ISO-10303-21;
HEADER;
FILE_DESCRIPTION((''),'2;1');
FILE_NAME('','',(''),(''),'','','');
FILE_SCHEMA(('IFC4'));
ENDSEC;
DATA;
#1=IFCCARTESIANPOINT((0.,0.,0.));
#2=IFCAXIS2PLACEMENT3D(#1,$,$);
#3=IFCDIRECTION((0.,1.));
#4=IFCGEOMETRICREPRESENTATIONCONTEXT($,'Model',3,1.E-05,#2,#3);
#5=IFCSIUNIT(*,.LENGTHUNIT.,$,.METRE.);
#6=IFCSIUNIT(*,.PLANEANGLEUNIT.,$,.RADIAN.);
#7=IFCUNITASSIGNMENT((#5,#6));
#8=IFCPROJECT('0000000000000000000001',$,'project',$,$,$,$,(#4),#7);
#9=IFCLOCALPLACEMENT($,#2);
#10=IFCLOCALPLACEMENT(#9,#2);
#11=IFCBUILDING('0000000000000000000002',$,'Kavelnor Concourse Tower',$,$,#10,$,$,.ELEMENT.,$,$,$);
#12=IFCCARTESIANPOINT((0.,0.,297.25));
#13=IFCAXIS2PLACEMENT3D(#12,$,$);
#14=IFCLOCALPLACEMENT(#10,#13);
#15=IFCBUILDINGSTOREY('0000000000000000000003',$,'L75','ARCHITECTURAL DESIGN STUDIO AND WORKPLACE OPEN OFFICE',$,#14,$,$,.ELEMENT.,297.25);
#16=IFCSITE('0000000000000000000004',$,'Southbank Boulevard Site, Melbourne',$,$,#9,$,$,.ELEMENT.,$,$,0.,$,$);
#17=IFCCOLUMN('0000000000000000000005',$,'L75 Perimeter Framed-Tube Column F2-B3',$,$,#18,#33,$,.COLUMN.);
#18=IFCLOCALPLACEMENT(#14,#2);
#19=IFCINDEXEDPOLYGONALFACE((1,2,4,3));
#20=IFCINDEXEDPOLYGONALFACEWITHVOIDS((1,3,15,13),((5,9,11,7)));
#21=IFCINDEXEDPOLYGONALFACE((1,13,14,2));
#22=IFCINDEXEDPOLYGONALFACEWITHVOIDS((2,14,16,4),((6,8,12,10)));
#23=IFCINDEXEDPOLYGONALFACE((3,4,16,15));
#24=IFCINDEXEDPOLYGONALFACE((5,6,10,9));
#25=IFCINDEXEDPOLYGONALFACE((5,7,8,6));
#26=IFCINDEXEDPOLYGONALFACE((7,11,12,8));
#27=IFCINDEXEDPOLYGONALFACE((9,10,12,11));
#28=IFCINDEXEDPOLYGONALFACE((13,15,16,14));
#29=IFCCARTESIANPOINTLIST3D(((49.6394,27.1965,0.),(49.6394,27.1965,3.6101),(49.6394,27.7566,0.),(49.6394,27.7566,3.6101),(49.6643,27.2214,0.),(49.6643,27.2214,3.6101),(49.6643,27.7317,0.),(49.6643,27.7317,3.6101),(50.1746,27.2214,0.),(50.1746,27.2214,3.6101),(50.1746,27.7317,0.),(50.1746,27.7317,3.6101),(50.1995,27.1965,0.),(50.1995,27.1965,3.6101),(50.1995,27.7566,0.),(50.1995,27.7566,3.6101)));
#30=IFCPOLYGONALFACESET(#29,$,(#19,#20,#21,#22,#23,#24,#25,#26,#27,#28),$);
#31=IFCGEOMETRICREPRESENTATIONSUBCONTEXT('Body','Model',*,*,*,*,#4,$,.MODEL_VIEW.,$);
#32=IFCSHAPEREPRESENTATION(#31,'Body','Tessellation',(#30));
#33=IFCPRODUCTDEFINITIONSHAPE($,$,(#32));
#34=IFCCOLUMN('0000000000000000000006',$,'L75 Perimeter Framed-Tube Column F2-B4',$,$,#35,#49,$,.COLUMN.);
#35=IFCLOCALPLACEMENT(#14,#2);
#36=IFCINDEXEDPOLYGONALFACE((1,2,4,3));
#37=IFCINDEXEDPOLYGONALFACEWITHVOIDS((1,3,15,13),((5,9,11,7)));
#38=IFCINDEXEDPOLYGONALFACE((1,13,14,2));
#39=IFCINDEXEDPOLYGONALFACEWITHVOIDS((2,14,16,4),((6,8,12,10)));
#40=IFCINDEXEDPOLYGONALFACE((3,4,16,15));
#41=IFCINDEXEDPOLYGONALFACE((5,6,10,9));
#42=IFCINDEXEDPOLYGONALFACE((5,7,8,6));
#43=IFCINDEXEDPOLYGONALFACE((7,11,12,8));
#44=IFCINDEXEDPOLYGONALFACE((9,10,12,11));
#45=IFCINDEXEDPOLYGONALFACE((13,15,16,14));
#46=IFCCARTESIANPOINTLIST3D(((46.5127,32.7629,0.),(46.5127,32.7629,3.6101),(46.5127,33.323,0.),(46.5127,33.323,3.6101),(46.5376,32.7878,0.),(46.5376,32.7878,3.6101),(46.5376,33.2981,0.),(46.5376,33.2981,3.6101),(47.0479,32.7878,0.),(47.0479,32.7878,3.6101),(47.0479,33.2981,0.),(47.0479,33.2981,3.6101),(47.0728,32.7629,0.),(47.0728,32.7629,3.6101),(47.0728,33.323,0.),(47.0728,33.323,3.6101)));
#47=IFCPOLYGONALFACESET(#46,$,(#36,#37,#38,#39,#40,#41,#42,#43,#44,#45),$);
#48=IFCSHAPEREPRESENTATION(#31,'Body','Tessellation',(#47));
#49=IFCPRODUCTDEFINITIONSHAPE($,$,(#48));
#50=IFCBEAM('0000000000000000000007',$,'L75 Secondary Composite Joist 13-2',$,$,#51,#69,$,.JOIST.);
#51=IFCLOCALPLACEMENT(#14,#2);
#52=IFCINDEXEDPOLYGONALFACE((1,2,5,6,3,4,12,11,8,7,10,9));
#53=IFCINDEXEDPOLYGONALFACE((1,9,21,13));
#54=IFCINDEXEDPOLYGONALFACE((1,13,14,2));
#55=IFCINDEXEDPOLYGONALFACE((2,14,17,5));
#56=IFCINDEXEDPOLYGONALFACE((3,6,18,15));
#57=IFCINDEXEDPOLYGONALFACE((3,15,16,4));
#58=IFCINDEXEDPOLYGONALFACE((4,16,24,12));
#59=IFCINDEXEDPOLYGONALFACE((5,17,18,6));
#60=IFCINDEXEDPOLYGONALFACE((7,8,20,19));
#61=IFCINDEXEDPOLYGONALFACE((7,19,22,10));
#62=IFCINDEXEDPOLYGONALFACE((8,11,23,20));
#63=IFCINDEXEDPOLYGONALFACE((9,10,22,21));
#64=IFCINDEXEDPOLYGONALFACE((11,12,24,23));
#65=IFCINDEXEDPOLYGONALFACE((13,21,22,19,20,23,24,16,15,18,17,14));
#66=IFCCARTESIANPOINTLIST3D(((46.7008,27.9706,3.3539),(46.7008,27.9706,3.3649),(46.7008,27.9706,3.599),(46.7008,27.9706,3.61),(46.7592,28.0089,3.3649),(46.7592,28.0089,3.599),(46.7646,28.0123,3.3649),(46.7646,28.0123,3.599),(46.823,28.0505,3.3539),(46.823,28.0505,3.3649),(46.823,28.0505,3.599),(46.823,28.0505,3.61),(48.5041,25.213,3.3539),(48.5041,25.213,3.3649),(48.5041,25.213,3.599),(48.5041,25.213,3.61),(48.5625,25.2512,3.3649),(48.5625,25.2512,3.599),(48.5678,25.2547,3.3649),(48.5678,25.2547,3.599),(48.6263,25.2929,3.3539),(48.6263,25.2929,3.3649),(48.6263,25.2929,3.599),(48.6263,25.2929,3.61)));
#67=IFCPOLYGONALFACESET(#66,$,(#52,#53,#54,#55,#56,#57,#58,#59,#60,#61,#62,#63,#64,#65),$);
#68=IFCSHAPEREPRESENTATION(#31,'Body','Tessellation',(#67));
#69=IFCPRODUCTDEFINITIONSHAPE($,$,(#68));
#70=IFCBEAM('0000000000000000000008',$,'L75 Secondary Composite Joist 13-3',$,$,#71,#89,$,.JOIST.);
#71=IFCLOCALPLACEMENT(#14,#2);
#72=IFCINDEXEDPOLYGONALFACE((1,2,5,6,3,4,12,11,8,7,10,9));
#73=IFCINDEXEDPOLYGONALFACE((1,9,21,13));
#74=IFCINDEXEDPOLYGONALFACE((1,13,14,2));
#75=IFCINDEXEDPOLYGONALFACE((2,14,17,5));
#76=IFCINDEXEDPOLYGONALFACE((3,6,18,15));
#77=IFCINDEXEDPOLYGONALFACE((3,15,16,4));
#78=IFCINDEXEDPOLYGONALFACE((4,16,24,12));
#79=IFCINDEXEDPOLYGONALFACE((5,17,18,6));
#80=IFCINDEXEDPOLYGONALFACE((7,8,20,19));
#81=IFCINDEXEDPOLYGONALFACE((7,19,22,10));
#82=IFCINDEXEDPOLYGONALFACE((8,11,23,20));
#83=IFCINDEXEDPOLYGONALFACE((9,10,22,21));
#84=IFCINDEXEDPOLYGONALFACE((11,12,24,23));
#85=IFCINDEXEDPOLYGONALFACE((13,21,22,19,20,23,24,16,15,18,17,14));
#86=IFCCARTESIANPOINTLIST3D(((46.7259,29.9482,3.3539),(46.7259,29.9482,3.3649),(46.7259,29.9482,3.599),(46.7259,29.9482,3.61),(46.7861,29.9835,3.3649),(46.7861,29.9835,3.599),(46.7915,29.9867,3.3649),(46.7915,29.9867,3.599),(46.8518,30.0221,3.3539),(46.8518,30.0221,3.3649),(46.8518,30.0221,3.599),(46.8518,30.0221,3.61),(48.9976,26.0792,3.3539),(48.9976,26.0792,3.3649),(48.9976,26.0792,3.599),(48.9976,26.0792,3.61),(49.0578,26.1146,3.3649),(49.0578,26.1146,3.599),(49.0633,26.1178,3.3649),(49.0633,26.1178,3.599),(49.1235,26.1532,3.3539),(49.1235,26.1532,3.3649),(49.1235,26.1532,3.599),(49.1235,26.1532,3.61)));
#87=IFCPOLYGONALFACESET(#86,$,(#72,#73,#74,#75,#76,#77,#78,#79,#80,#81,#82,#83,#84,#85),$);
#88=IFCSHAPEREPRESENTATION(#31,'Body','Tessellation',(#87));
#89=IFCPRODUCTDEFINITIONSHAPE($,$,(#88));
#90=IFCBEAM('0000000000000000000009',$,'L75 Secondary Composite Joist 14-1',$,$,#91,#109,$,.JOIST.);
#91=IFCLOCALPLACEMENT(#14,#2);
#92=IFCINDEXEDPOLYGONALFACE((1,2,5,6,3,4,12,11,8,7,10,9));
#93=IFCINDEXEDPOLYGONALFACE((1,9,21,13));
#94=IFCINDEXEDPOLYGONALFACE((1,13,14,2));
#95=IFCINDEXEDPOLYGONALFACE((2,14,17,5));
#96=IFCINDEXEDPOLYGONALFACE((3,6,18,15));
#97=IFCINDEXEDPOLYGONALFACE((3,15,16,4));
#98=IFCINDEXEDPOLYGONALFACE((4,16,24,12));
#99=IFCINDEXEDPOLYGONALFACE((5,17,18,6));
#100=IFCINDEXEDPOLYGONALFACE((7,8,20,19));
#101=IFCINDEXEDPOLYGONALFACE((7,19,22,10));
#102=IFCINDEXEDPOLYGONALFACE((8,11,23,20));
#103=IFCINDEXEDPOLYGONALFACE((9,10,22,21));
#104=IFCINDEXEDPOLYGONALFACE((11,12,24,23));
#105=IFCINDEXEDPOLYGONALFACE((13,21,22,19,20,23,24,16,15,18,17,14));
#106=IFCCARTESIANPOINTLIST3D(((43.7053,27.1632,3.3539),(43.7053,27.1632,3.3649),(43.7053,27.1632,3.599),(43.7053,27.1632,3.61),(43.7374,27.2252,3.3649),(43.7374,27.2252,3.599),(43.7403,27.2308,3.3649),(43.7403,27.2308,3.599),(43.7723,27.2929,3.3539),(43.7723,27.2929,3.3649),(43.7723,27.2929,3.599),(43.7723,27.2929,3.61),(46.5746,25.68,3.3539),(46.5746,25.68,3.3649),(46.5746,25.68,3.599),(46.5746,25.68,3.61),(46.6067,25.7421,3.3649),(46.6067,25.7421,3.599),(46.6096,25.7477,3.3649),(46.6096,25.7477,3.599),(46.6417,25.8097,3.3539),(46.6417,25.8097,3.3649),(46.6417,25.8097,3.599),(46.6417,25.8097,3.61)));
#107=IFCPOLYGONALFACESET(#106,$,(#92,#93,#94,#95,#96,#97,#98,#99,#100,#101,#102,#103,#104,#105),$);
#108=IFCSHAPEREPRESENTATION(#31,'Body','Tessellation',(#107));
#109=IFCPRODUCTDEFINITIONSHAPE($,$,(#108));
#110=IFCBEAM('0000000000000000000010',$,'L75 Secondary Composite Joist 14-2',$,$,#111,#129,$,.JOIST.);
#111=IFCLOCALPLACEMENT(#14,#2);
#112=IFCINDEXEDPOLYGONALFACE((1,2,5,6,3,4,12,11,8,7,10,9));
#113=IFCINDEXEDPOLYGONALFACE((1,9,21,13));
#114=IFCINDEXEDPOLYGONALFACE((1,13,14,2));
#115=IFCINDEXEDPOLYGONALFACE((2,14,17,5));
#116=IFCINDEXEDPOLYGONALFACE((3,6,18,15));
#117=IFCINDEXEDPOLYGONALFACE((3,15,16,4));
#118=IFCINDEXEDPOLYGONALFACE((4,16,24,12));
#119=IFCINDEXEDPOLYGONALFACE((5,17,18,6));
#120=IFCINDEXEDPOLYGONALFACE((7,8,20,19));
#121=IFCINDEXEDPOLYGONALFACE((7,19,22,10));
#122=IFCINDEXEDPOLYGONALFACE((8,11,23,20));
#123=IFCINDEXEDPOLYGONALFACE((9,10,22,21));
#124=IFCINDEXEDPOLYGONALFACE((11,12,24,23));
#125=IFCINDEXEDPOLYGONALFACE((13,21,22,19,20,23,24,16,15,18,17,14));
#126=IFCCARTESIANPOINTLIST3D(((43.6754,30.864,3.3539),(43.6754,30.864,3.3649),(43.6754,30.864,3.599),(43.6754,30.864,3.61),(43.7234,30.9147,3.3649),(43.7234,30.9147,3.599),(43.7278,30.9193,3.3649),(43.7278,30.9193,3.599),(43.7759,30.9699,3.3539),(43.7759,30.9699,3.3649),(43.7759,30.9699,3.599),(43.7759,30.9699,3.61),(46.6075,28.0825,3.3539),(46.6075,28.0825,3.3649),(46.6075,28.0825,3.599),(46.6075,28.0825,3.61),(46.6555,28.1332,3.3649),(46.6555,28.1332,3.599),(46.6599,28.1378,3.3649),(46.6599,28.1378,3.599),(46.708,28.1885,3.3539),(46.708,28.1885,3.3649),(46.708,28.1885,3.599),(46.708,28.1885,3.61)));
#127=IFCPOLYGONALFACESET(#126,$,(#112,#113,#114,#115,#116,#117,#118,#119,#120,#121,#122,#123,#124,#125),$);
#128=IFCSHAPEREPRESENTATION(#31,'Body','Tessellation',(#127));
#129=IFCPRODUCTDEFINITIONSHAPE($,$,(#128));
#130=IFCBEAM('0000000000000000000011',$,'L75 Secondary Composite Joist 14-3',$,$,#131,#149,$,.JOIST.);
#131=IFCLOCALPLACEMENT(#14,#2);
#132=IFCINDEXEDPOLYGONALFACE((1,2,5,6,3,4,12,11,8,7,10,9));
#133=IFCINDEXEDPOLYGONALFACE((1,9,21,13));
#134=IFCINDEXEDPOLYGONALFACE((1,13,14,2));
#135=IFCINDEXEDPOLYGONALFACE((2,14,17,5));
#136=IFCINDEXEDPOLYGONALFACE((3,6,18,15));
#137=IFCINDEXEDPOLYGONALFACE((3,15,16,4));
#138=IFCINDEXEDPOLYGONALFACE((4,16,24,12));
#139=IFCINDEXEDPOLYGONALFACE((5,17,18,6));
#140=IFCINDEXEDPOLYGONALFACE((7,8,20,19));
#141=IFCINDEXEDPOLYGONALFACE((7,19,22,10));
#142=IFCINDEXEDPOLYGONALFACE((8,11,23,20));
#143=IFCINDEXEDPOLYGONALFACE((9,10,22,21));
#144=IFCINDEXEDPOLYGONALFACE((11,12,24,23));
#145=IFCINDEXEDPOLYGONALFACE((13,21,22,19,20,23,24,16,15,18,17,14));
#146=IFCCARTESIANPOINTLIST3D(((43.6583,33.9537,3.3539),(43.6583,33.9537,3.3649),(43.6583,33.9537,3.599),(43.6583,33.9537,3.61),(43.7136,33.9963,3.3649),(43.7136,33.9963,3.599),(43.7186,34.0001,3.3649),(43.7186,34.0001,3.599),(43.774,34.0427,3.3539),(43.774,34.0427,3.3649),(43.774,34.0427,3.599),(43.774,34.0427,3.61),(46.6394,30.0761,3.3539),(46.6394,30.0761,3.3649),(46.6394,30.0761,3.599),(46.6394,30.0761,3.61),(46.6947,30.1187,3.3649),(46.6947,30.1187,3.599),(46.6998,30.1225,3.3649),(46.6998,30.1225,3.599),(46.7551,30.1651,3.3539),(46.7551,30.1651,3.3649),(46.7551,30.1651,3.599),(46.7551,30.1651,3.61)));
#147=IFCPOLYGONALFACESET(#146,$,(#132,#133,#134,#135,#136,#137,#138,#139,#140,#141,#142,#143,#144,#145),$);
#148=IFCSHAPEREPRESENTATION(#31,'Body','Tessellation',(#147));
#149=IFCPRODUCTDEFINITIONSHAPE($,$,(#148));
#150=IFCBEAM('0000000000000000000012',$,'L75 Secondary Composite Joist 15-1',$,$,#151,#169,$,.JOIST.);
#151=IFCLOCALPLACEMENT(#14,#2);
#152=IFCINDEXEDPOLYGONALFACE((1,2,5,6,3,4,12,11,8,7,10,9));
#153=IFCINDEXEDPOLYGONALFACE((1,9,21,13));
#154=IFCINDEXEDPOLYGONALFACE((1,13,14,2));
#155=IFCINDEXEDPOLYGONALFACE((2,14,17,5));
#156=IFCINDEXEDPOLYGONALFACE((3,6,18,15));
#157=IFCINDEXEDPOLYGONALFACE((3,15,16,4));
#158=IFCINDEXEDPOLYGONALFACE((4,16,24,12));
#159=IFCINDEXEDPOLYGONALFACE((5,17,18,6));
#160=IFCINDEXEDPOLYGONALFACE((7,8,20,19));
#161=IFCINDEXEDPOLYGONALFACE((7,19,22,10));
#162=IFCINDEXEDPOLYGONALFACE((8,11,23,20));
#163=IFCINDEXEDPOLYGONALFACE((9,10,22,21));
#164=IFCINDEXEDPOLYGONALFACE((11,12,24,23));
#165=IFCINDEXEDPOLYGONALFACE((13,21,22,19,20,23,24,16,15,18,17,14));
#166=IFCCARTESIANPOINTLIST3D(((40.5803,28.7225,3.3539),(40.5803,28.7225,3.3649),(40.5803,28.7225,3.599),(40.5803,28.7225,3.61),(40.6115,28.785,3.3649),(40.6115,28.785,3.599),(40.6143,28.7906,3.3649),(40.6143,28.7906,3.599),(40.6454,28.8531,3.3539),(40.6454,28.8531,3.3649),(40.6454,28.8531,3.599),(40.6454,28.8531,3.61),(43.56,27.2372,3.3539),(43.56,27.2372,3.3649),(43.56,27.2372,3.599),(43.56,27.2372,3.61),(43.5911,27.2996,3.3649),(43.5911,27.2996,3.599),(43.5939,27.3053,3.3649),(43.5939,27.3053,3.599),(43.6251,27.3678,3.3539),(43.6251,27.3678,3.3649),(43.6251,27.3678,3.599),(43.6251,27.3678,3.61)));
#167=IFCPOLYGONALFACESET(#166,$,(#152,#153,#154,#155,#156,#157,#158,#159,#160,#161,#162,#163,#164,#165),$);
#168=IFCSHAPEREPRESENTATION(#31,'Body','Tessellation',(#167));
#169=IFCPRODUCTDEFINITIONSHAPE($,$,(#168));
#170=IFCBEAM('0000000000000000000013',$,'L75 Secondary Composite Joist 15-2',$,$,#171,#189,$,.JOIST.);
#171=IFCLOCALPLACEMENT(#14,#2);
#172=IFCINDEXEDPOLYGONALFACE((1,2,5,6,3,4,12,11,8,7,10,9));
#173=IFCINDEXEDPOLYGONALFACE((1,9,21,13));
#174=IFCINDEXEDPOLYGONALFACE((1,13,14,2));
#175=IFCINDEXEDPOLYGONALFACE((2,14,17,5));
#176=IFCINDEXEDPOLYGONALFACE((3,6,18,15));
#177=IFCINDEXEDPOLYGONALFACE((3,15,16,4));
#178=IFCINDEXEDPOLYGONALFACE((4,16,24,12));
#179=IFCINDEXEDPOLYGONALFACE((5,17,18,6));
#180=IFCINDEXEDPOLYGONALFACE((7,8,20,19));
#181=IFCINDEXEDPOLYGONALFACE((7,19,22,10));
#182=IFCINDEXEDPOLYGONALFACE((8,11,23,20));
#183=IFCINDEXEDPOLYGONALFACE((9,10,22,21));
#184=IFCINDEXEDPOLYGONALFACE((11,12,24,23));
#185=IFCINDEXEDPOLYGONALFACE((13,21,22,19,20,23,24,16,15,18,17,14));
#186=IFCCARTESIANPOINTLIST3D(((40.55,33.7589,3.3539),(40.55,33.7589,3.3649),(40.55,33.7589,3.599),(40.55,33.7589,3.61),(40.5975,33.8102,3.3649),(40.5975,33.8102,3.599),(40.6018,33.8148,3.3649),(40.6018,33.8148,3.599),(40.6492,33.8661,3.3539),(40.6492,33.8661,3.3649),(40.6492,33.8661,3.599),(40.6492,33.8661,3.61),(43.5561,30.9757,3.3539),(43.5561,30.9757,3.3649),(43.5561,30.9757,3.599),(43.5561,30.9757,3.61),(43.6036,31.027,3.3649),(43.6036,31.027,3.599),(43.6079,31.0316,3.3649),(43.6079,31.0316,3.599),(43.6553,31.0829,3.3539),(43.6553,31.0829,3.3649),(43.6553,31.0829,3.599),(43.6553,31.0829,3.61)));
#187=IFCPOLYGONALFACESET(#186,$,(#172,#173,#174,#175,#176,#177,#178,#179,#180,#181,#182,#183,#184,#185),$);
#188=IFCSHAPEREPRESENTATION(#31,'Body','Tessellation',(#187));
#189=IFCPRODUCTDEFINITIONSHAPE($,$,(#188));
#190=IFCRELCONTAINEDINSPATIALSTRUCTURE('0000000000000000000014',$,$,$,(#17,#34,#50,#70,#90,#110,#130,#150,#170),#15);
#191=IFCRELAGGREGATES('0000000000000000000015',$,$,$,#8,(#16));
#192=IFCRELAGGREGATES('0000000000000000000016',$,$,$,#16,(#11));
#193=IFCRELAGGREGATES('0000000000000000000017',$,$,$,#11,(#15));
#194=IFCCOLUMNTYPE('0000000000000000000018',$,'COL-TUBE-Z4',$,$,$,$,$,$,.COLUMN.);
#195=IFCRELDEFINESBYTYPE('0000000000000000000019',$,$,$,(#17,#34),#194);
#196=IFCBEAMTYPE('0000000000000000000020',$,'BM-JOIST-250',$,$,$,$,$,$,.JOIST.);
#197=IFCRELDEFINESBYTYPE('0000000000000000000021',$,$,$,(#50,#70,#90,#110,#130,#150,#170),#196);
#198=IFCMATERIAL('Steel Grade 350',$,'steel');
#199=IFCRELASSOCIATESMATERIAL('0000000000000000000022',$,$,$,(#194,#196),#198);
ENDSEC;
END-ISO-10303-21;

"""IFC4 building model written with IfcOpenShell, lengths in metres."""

from ifc_helpers import new_model, si_unit, direction, frame, origin, origin_2d, place, context, subcontext, project, spatial, hollow_rectangle, i_section, extrude, material, material_profile, profile_set, type_object, element, save


model = new_model("IFC4")

# Units and contexts
model_context = context("Model", 3, precision=1e-05, world=origin(), true_north=direction((0.0, 1.0)))
body_context = subcontext(model_context, "Body", "Model", "MODEL_VIEW")
ifc_project = project(units=[si_unit("LENGTHUNIT", "METRE"), si_unit("PLANEANGLEUNIT", "RADIAN")], contexts=[model_context])

# Site, building, storey
site_placement = place(None, origin())
site = spatial("IfcSite", under=ifc_project, at=site_placement, Name="Southbank Boulevard Site, Melbourne", CompositionType="ELEMENT", RefElevation=0.0)
building_placement = place(site_placement, origin())
building = spatial("IfcBuilding", under=site, at=building_placement, Name="Kavelnor Concourse Tower", CompositionType="ELEMENT")
storey_placement = place(building_placement, frame((0.0, 0.0, 297.25)))
storey = spatial("IfcBuildingStorey", under=building, at=storey_placement, Name="L75", Description="ARCHITECTURAL DESIGN STUDIO AND WORKPLACE OPEN OFFICE", CompositionType="ELEMENT", Elevation=297.25)

# Columns
ifc_material = material(Name="Steel Grade 350", Category="steel")
ifc_material_profile_1 = material_profile(ifc_material, hollow_rectangle(XDim=0.5601, YDim=0.5601, WallThickness=0.0249, at=origin_2d()), Name="SHS 560x560x25")
ifc_profile_set_1 = profile_set([ifc_material_profile_1], Name="Steel Grade 350")
column_type = type_object("IfcColumnType", Name="COL-TUBE-Z4", PredefinedType="COLUMN", material=ifc_profile_set_1)
for number, where, z_axis, x_axis, name in (
    (1, (49.9194, 27.4766, 0.0), (0.0, 0.0, 1.0), (1.0, 0.0, 0.0), "L75 Perimeter Framed-Tube Column F2-B3"),
    (2, (46.7927, 33.043, 0.0), (0.0, 0.0, 1.0), (1.0, 0.0, 0.0), "L75 Perimeter Framed-Tube Column F2-B4"),
):
    element("IfcColumn", number, at=place(storey_placement, frame(where, z_axis=z_axis, x_axis=x_axis)), inside=storey, type_object=column_type, Name=name, PredefinedType="COLUMN", context=body_context, shape_type="SweptSolid", body=[
        extrude(hollow_rectangle(XDim=0.5601, YDim=0.5601, WallThickness=0.0249, at=origin_2d()), origin(), (0.0, 0.0, 1.0), 3.6101),
    ])

# Beams
ifc_material_profile_2 = material_profile(ifc_material, i_section(OverallWidth=0.146, OverallDepth=0.2561, WebThickness=0.0063, FlangeThickness=0.011, at=origin_2d()), Name="250UB37")
ifc_profile_set_2 = profile_set([ifc_material_profile_2], Name="Steel Grade 350")
beam_type_1 = type_object("IfcBeamType", Name="BM-JOIST-250", PredefinedType="JOIST", material=ifc_profile_set_2)
beam_1_placement = place(storey_placement, frame((48.5652, 25.2529, 3.4819), z_axis=(-0.547291, 0.836942, 0.0), x_axis=(-0.836942, -0.547291, 0.0)))
element("IfcBeam", 3, at=beam_1_placement, inside=storey, type_object=beam_type_1, Name="L75 Secondary Composite Joist 13-2", PredefinedType="JOIST", context=body_context, shape_type="SweptSolid", body=[
    extrude(i_section(OverallWidth=0.146, OverallDepth=0.2561, WebThickness=0.0063, FlangeThickness=0.011, at=origin_2d()), origin(), (0.0, 0.0, 1.0), 3.2949),
])
beam_2_placement = place(storey_placement, frame((49.0605, 26.1162, 3.4819), z_axis=(-0.506342, 0.862333, 0.0), x_axis=(-0.862333, -0.506342, 0.0)))
element("IfcBeam", 4, at=beam_2_placement, inside=storey, type_object=beam_type_1, Name="L75 Secondary Composite Joist 13-3", PredefinedType="JOIST", context=body_context, shape_type="SweptSolid", body=[
    extrude(i_section(OverallWidth=0.146, OverallDepth=0.2561, WebThickness=0.0063, FlangeThickness=0.011, at=origin_2d()), origin(), (0.0, 0.0, 1.0), 4.4866),
])
beam_3_placement = place(storey_placement, frame((46.6082, 25.7449, 3.4819), z_axis=(-0.888345, 0.459176, 0.0), x_axis=(-0.459176, -0.888345, 0.0)))
element("IfcBeam", 5, at=beam_3_placement, inside=storey, type_object=beam_type_1, Name="L75 Secondary Composite Joist 14-1", PredefinedType="JOIST", context=body_context, shape_type="SweptSolid", body=[
    extrude(i_section(OverallWidth=0.146, OverallDepth=0.2561, WebThickness=0.0063, FlangeThickness=0.011, at=origin_2d()), origin(), (0.0, 0.0, 1.0), 3.23),
])
beam_4_placement = place(storey_placement, frame((46.6577, 28.1355, 3.4819), z_axis=(-0.725497, 0.688225, 0.0), x_axis=(-0.688225, -0.725497, 0.0)))
element("IfcBeam", 6, at=beam_4_placement, inside=storey, type_object=beam_type_1, Name="L75 Secondary Composite Joist 14-2", PredefinedType="JOIST", context=body_context, shape_type="SweptSolid", body=[
    extrude(i_section(OverallWidth=0.146, OverallDepth=0.2561, WebThickness=0.0063, FlangeThickness=0.011, at=origin_2d()), origin(), (0.0, 0.0, 1.0), 4.0415),
])
beam_5_placement = place(storey_placement, frame((46.6973, 30.1206, 3.4819), z_axis=(-0.609501, 0.792785, 0.0), x_axis=(-0.792785, -0.609501, 0.0)))
element("IfcBeam", 7, at=beam_5_placement, inside=storey, type_object=beam_type_1, Name="L75 Secondary Composite Joist 14-3", PredefinedType="JOIST", context=body_context, shape_type="SweptSolid", body=[
    extrude(i_section(OverallWidth=0.146, OverallDepth=0.2561, WebThickness=0.0063, FlangeThickness=0.011, at=origin_2d()), origin(), (0.0, 0.0, 1.0), 4.8911),
])
beam_6_placement = place(storey_placement, frame((43.5925, 27.3025, 3.4819), z_axis=(-0.894969, 0.446128, 0.0), x_axis=(-0.446128, -0.894969, 0.0)))
element("IfcBeam", 8, at=beam_6_placement, inside=storey, type_object=beam_type_1, Name="L75 Secondary Composite Joist 15-1", PredefinedType="JOIST", context=body_context, shape_type="SweptSolid", body=[
    extrude(i_section(OverallWidth=0.146, OverallDepth=0.2561, WebThickness=0.0063, FlangeThickness=0.011, at=origin_2d()), origin(), (0.0, 0.0, 1.0), 3.3293),
])
beam_7_placement = place(storey_placement, frame((43.6057, 31.0293, 3.4819), z_axis=(-0.733788, 0.679378, 0.0), x_axis=(-0.679378, -0.733788, 0.0)))
element("IfcBeam", 9, at=beam_7_placement, inside=storey, type_object=beam_type_1, Name="L75 Secondary Composite Joist 15-2", PredefinedType="JOIST", context=body_context, shape_type="SweptSolid", body=[
    extrude(i_section(OverallWidth=0.146, OverallDepth=0.2561, WebThickness=0.0063, FlangeThickness=0.011, at=origin_2d()), origin(), (0.0, 0.0, 1.0), 4.0967),
])

save(model, "model.ifc")
